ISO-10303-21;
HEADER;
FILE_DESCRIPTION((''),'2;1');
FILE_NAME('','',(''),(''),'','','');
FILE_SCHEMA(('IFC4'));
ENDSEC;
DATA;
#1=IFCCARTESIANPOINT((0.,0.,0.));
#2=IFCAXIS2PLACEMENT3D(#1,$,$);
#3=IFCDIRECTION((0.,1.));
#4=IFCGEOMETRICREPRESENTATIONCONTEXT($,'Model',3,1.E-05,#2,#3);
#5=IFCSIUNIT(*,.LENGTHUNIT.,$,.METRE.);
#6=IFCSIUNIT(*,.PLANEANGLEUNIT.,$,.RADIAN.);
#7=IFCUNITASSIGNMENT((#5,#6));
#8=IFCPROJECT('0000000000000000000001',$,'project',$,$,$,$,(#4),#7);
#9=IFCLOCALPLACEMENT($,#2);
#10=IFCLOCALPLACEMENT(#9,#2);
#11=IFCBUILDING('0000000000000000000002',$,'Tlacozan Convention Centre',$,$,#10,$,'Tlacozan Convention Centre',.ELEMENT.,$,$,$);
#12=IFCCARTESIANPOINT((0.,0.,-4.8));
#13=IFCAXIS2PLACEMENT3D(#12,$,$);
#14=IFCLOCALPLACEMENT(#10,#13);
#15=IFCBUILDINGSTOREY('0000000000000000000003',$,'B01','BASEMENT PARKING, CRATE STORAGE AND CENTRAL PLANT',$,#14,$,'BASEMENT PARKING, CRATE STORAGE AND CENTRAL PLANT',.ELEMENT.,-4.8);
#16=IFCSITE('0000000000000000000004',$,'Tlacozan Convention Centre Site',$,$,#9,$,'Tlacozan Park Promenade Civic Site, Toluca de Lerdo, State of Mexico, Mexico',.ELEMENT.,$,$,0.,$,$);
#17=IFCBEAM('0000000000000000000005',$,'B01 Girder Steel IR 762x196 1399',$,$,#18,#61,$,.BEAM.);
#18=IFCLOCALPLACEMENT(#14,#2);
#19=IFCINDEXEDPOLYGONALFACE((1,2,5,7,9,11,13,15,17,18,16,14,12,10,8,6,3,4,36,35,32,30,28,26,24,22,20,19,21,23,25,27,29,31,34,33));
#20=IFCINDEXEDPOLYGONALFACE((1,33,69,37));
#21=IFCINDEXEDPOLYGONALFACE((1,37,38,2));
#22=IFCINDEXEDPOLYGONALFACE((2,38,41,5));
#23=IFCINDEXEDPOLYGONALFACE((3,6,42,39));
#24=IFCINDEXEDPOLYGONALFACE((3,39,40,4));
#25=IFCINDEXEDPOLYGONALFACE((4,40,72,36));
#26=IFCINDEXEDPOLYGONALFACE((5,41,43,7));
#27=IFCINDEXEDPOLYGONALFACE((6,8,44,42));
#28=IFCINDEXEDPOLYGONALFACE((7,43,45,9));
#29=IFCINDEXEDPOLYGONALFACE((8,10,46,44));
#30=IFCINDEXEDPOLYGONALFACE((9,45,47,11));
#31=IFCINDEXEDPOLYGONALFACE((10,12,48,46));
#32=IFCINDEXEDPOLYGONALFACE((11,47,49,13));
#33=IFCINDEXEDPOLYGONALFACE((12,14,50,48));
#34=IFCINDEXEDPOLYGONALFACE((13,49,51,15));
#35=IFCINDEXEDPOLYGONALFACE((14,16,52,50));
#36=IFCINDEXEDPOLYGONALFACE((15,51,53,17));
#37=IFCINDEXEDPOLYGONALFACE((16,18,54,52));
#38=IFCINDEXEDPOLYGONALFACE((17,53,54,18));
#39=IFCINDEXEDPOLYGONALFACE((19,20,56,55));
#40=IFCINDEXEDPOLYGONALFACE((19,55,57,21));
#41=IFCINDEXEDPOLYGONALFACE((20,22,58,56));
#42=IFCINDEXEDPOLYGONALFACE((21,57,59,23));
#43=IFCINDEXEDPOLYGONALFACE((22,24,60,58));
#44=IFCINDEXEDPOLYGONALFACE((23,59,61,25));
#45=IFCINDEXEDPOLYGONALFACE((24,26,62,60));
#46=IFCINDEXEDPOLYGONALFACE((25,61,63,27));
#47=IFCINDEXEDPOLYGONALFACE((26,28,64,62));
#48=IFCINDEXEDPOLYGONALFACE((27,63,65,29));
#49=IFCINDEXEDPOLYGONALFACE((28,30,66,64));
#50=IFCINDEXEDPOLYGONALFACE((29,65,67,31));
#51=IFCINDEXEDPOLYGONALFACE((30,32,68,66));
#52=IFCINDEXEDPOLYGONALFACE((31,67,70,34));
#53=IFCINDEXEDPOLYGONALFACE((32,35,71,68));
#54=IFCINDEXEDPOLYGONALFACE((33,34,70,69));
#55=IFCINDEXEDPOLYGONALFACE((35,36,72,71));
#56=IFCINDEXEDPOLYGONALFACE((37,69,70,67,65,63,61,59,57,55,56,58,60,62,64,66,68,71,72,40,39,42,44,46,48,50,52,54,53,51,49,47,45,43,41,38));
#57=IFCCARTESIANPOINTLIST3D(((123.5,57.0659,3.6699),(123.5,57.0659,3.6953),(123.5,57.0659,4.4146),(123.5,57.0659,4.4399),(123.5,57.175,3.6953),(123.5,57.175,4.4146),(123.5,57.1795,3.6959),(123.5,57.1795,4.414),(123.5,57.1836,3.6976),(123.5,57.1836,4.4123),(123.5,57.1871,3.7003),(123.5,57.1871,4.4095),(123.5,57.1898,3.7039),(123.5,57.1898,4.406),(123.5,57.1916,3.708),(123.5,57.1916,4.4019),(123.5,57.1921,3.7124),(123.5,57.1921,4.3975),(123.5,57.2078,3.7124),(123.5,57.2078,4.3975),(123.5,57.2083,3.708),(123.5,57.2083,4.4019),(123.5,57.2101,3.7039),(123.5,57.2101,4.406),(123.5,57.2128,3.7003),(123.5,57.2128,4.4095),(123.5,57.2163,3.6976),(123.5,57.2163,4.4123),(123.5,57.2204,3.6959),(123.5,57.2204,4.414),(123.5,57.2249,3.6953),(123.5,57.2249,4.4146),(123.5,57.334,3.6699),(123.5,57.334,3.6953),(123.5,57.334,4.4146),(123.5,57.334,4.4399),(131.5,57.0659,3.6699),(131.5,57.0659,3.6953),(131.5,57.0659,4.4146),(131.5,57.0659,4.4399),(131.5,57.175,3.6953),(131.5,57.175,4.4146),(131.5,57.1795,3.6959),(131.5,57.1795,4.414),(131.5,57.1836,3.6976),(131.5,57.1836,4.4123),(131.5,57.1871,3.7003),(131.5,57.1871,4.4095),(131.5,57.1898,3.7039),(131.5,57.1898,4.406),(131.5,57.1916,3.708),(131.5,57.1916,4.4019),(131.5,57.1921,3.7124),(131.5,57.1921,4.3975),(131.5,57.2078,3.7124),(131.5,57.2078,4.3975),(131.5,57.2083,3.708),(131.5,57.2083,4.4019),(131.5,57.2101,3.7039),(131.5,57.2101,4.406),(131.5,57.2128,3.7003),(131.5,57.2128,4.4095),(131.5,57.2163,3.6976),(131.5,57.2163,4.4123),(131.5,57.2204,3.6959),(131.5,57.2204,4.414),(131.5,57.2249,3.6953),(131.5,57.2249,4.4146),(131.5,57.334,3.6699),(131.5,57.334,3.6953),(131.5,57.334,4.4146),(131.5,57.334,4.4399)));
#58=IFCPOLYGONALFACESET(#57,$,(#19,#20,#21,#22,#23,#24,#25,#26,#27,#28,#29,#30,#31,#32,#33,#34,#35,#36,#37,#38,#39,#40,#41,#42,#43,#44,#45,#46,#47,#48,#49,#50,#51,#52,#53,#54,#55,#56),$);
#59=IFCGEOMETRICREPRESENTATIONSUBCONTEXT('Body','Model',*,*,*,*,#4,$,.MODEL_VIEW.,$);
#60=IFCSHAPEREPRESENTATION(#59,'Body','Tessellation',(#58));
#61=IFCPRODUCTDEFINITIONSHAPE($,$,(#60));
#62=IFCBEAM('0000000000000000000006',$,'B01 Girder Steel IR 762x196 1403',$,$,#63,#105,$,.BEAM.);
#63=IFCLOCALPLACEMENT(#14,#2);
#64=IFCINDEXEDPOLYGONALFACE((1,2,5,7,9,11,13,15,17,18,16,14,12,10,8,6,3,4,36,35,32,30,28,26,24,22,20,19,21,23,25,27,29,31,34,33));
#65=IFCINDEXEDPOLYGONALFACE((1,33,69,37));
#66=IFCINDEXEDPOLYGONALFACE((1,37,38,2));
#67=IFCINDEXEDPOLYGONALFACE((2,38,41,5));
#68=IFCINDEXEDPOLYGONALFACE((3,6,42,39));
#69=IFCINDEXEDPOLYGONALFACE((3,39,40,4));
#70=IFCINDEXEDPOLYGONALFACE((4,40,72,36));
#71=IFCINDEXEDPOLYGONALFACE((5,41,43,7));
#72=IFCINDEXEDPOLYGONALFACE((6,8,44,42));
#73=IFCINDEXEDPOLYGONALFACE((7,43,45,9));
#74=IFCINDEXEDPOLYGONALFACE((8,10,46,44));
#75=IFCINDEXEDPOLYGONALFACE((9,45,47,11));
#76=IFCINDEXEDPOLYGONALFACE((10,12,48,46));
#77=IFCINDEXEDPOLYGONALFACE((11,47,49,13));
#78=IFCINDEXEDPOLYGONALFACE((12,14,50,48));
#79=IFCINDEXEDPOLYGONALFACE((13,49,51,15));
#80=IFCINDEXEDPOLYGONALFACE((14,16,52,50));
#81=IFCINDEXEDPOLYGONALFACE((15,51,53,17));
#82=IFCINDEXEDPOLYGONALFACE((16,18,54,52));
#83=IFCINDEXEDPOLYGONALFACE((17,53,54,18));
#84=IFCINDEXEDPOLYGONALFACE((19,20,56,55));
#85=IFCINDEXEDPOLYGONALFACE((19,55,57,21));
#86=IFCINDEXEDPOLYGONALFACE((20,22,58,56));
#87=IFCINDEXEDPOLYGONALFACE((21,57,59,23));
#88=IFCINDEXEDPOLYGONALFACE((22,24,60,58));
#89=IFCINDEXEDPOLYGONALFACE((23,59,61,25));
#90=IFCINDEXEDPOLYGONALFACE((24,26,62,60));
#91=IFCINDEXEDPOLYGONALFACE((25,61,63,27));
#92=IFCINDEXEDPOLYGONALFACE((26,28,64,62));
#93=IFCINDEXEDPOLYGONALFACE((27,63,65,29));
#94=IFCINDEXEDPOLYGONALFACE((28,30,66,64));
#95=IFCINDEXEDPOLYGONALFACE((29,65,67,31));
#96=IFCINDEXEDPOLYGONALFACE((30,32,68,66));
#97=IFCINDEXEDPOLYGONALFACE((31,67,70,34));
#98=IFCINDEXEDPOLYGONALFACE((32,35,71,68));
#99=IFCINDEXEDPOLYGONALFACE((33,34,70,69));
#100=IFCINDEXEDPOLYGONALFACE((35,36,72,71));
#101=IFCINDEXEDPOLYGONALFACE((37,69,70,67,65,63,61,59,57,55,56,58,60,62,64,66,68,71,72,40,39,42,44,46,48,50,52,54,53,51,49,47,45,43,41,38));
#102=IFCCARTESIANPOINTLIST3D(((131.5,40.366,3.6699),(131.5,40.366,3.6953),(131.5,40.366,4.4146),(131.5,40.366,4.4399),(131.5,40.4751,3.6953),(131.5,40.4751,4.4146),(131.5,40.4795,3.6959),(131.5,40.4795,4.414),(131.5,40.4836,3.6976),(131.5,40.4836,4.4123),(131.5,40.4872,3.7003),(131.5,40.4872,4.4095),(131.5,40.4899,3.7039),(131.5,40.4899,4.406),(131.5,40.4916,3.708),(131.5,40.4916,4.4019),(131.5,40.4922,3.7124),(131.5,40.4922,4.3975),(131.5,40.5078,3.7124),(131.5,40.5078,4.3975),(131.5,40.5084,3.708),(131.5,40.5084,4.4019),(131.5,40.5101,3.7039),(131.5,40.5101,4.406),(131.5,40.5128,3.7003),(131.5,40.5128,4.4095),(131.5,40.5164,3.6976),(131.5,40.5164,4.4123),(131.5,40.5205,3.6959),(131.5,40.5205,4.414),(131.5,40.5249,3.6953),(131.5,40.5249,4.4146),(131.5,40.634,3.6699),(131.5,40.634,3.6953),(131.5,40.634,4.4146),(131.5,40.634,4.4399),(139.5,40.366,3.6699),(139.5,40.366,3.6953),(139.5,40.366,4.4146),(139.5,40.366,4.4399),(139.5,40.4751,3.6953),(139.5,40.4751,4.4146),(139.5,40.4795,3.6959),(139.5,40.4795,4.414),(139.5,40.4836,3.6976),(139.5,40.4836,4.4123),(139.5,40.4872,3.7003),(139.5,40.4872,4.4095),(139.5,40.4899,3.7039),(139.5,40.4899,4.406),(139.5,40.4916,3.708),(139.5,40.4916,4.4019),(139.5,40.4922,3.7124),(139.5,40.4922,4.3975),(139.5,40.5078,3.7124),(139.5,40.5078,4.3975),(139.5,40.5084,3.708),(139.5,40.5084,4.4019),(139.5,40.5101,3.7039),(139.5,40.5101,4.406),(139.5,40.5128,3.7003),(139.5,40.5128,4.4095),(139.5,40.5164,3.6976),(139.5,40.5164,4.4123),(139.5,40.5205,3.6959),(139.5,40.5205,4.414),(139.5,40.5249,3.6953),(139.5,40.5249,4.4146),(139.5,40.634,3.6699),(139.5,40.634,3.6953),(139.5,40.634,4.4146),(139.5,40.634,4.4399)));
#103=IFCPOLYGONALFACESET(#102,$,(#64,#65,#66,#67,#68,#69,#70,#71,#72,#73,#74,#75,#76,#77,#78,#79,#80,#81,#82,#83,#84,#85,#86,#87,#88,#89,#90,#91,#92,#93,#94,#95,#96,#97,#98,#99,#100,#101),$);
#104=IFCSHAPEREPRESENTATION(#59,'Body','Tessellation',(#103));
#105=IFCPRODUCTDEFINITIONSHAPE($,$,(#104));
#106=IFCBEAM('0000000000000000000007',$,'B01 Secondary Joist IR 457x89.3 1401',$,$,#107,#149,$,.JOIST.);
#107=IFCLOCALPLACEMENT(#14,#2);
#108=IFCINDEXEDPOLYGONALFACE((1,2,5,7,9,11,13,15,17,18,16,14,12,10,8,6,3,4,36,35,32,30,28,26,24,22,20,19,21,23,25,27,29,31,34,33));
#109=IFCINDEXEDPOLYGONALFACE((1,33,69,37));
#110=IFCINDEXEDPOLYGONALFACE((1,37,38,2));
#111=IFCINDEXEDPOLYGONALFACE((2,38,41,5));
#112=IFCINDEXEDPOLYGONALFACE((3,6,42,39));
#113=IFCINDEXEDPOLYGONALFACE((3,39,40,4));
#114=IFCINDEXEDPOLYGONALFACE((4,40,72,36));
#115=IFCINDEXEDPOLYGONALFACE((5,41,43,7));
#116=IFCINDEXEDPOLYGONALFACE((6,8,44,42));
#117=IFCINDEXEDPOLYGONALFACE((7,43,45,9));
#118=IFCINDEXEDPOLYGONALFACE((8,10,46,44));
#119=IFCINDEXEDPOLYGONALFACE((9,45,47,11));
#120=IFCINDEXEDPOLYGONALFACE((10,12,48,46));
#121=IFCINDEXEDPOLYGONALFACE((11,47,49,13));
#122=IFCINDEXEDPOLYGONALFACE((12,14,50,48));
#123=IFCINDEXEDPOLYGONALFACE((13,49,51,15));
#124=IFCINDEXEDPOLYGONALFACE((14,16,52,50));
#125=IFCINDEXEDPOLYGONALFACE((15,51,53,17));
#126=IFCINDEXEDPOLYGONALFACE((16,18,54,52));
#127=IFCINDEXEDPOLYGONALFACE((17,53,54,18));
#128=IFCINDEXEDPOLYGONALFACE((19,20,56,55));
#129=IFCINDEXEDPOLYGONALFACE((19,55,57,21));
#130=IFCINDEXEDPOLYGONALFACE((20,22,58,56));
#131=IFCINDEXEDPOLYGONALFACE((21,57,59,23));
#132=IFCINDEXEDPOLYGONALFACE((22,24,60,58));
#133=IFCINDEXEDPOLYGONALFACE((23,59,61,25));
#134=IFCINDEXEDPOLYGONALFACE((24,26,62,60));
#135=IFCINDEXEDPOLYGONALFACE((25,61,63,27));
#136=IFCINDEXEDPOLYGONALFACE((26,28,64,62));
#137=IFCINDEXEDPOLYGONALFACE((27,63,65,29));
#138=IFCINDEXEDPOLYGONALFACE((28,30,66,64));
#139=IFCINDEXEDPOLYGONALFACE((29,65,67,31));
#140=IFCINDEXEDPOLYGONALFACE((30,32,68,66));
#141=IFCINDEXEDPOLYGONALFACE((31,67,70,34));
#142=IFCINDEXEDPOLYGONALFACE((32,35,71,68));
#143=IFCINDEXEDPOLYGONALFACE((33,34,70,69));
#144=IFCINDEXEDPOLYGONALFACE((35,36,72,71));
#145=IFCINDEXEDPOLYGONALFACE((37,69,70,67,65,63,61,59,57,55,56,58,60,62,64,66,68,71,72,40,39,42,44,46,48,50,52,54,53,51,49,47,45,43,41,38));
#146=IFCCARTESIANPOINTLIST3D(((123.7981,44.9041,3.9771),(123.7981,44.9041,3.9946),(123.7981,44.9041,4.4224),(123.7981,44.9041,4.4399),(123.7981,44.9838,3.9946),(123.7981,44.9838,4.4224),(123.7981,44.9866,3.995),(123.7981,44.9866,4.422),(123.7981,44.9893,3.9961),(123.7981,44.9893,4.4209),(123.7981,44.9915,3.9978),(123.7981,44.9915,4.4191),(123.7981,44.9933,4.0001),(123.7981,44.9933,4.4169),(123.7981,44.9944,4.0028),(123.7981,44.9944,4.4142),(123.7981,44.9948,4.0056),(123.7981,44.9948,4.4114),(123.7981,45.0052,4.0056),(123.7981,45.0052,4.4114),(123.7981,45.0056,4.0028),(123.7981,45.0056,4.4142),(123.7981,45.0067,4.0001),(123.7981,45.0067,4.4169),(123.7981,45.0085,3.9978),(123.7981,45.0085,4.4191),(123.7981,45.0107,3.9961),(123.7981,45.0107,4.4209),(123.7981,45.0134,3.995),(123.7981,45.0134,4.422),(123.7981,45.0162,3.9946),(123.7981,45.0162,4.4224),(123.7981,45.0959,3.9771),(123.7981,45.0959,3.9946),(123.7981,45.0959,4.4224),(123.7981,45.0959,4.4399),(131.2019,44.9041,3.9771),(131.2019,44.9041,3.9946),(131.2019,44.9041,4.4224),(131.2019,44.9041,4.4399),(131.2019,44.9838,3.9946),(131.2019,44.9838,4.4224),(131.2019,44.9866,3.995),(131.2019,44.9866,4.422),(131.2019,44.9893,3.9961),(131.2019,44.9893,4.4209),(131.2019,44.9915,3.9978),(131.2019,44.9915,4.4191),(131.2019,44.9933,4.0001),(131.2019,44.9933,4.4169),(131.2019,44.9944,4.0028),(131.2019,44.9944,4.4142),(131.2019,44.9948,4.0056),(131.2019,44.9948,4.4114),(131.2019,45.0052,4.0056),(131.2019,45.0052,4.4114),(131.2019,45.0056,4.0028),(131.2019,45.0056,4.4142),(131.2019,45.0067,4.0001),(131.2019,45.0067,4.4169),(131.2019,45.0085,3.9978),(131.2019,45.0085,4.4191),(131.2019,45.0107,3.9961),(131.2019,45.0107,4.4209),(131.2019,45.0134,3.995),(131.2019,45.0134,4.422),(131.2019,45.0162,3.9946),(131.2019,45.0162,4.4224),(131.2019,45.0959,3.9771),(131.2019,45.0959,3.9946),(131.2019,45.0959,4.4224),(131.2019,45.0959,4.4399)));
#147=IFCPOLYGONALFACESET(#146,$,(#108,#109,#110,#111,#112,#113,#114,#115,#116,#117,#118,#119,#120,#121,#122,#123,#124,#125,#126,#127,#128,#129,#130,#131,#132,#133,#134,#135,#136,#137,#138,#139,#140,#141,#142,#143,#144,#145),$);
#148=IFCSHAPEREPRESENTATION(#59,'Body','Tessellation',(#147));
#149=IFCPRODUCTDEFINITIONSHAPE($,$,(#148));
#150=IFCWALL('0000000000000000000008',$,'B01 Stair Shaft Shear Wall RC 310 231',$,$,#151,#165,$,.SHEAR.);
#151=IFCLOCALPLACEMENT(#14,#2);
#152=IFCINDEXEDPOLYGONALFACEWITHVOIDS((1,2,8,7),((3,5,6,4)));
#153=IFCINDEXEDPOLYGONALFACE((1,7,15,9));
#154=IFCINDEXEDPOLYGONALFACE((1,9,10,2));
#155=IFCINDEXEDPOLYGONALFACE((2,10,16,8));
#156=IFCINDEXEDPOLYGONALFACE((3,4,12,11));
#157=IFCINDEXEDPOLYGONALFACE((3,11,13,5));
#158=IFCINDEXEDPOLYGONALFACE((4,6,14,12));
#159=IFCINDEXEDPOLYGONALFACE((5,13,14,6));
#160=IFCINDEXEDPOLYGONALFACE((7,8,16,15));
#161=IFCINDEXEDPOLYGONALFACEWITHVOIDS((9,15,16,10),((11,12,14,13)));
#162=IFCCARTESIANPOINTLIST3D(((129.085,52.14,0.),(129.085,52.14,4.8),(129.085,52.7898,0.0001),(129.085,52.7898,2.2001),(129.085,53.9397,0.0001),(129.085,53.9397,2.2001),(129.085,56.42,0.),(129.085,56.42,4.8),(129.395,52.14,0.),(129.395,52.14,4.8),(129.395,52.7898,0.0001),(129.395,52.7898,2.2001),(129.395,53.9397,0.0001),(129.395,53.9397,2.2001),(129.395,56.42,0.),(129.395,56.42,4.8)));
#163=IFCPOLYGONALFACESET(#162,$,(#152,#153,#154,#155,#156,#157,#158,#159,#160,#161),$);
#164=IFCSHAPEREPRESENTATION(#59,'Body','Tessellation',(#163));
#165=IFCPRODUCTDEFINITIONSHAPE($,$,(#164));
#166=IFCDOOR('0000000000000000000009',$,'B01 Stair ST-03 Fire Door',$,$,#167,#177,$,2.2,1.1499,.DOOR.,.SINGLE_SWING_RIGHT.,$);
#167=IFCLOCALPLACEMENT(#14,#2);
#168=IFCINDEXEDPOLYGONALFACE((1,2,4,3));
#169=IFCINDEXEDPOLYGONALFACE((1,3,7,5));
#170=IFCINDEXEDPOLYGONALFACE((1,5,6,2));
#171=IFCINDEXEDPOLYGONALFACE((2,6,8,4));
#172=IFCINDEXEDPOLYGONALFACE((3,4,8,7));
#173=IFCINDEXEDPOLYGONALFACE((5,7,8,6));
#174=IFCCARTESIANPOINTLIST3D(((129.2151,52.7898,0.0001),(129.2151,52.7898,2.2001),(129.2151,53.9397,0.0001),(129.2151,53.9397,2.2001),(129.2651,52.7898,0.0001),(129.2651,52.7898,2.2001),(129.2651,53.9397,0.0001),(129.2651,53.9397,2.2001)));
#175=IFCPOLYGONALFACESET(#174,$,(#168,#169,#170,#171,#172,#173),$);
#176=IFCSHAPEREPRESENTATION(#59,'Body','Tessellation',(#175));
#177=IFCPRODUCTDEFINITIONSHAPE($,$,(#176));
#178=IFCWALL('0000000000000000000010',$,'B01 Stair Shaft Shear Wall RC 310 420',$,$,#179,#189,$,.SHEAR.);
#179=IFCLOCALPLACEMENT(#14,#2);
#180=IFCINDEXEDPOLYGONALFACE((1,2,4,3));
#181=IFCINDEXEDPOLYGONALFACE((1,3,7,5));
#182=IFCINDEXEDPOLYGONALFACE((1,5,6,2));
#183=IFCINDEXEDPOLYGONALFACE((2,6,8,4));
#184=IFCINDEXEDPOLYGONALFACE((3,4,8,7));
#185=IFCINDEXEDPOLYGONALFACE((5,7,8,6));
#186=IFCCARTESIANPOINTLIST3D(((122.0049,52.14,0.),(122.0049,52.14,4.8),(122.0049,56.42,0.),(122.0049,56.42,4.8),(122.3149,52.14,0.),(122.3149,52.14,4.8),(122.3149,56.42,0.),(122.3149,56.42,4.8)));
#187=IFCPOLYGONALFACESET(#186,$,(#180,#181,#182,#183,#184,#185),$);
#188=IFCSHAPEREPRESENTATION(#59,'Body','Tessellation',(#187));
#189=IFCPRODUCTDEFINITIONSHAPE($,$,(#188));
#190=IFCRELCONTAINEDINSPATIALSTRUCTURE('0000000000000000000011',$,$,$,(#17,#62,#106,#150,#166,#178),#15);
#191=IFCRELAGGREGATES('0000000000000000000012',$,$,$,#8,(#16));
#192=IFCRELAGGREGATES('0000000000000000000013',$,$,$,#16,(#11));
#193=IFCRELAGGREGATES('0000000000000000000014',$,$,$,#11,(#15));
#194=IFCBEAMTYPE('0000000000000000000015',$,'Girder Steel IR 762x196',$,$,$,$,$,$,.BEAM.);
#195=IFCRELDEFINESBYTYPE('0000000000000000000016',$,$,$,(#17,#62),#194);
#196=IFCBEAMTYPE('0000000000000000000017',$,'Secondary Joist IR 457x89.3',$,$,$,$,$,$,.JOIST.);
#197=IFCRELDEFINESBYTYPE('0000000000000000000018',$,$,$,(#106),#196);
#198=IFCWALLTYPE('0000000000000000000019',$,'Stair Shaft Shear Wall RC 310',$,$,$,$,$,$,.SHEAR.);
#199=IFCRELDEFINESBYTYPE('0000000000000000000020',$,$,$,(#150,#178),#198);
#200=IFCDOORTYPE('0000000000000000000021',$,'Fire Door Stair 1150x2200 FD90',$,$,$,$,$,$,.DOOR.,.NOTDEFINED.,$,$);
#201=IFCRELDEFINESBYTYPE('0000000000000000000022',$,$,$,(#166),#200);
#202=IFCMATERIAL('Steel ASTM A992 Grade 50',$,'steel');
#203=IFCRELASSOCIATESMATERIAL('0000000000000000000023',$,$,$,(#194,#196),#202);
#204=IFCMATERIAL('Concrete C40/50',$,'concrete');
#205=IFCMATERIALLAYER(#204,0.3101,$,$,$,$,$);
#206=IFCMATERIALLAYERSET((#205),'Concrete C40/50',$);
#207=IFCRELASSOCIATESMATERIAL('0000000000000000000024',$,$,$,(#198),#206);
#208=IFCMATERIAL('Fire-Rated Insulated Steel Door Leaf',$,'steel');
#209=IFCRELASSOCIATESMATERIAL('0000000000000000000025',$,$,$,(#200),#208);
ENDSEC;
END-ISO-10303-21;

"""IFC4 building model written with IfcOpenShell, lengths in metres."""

from ifc_helpers import new_model, si_unit, direction, frame, frame_2d, origin, origin_2d, place, context, subcontext, project, spatial, rectangle, i_section, extrude, material, layer, layer_set, material_profile, profile_set, type_object, element, fill, save


model = new_model("IFC4")

# Units and contexts
model_context = context("Model", 3, precision=1e-05, world=origin(), true_north=direction((0.0, 1.0)))
body_context = subcontext(model_context, "Body", "Model", "MODEL_VIEW")
ifc_project = project(units=[si_unit("LENGTHUNIT", "METRE"), si_unit("PLANEANGLEUNIT", "RADIAN")], contexts=[model_context])

# Site, building, storey
site_placement = place(None, origin())
site = spatial("IfcSite", under=ifc_project, at=site_placement, Name="Tlacozan Convention Centre Site", LongName="Tlacozan Park Promenade Civic Site, Toluca de Lerdo, State of Mexico, Mexico", CompositionType="ELEMENT", RefElevation=0.0)
building_placement = place(site_placement, origin())
building = spatial("IfcBuilding", under=site, at=building_placement, Name="Tlacozan Convention Centre", LongName="Tlacozan Convention Centre", CompositionType="ELEMENT")
storey_placement = place(building_placement, frame((0.0, 0.0, -4.8)))
storey = spatial("IfcBuildingStorey", under=building, at=storey_placement, Name="B01", Description="BASEMENT PARKING, CRATE STORAGE AND CENTRAL PLANT", LongName="BASEMENT PARKING, CRATE STORAGE AND CENTRAL PLANT", CompositionType="ELEMENT", Elevation=-4.8)

# Shared definitions
ifc_material_1 = material(Name="Concrete C40/50", Category="concrete")

# Beams
ifc_material_2 = material(Name="Steel ASTM A992 Grade 50", Category="steel")
ifc_material_profile_1 = material_profile(ifc_material_2, i_section(OverallWidth=0.2681, OverallDepth=0.77, WebThickness=0.0156, FlangeThickness=0.0254, FilletRadius=0.0171, at=origin_2d()), Name="IR 762x196.0")
ifc_profile_set_1 = profile_set([ifc_material_profile_1], Name="Steel ASTM A992 Grade 50")
beam_type_1 = type_object("IfcBeamType", Name="Girder Steel IR 762x196", PredefinedType="BEAM", material=ifc_profile_set_1)
for number, where, z_axis, x_axis, name in (
    (1, (123.5, 57.2, 4.0549), (1.0, 0.0, 0.0), (0.0, 1.0, 0.0), "B01 Girder Steel IR 762x196 1399"),
    (2, (131.5, 40.5, 4.0549), (1.0, 0.0, 0.0), (0.0, 1.0, 0.0), "B01 Girder Steel IR 762x196 1403"),
):
    element("IfcBeam", number, at=place(storey_placement, frame(where, z_axis=z_axis, x_axis=x_axis)), inside=storey, type_object=beam_type_1, Name=name, PredefinedType="BEAM", context=body_context, shape_type="SweptSolid", body=[
        extrude(i_section(OverallWidth=0.2681, OverallDepth=0.77, WebThickness=0.0156, FlangeThickness=0.0254, FilletRadius=0.0171, at=origin_2d()), origin(), (0.0, 0.0, 1.0), 8.0),
    ])
ifc_material_profile_2 = material_profile(ifc_material_2, i_section(OverallWidth=0.1919, OverallDepth=0.4629, WebThickness=0.0105, FlangeThickness=0.0176, FilletRadius=0.011, at=origin_2d()), Name="IR 457x89.3")
ifc_profile_set_2 = profile_set([ifc_material_profile_2], Name="Steel ASTM A992 Grade 50")
beam_type_2 = type_object("IfcBeamType", Name="Secondary Joist IR 457x89.3", PredefinedType="JOIST", material=ifc_profile_set_2)
beam_1_placement = place(storey_placement, frame((123.7981, 45.0, 4.2085), z_axis=(1.0, 0.0, 0.0), x_axis=(0.0, 1.0, 0.0)))
element("IfcBeam", 3, at=beam_1_placement, inside=storey, type_object=beam_type_2, Name="B01 Secondary Joist IR 457x89.3 1401", PredefinedType="JOIST", context=body_context, shape_type="SweptSolid", body=[
    extrude(i_section(OverallWidth=0.1919, OverallDepth=0.4629, WebThickness=0.0105, FlangeThickness=0.0176, FilletRadius=0.011, at=origin_2d()), origin(), (0.0, 0.0, 1.0), 7.4038),
])

# Shared definitions
ifc_layer_1 = layer(ifc_material_1, 0.3101)
ifc_layer_set_1 = layer_set([ifc_layer_1], Name="Concrete C40/50")
wall_type = type_object("IfcWallType", Name="Stair Shaft Shear Wall RC 310", PredefinedType="SHEAR", material=ifc_layer_set_1)

# Wall, opening, door
wall_1_placement = place(storey_placement, frame((129.24, 52.1399, 0.0), z_axis=(0.0, 0.0, 1.0), x_axis=(0.0, 1.0, 0.0)))
wall_1 = element("IfcWall", 4, at=wall_1_placement, inside=storey, type_object=wall_type, Name="B01 Stair Shaft Shear Wall RC 310 231", PredefinedType="SHEAR", context=body_context, shape_type="SweptSolid", body=[
    extrude(rectangle(XDim=4.28, YDim=0.3101, at=frame_2d((2.1401, 0.0))), origin(), (0.0, 0.0, 1.0), 4.8),
])
opening_placement = place(wall_1_placement, frame((0.6499, 0.0, 0.0)))
opening = element("IfcOpeningElement", 5, at=opening_placement, cuts=wall_1, PredefinedType="OPENING", context=body_context, shape_type="SweptSolid", body=[
    extrude(rectangle(XDim=1.1499, YDim=2.2, at=frame_2d((0.575, 1.1001))), frame((0.0, 0.165, 0.0), z_axis=(0.0, -1.0, 0.0), x_axis=(1.0, 0.0, 0.0)), (0.0, 0.0, 1.0), 0.3301),
])
ifc_material_3 = material(Name="Fire-Rated Insulated Steel Door Leaf", Category="steel")
door_type = type_object("IfcDoorType", Name="Fire Door Stair 1150x2200 FD90", OperationType="NOTDEFINED", PredefinedType="DOOR", material=ifc_material_3)
door_placement = place(opening_placement, origin())
door = element("IfcDoor", 6, at=door_placement, inside=storey, type_object=door_type, Name="B01 Stair ST-03 Fire Door", OperationType="SINGLE_SWING_RIGHT", OverallHeight=2.2, OverallWidth=1.1499, PredefinedType="DOOR", context=body_context, shape_type="SweptSolid", body=[
    extrude(rectangle(XDim=1.1499, YDim=2.2, at=frame_2d((0.575, 1.1001))), frame((0.0, 0.0249, 0.0), z_axis=(0.0, -1.0, 0.0), x_axis=(1.0, 0.0, 0.0)), (0.0, 0.0, 1.0), 0.05),
])
fill(opening, door)

# Wall
wall_2_placement = place(storey_placement, frame((122.1599, 52.1399, 0.0), z_axis=(0.0, 0.0, 1.0), x_axis=(0.0, 1.0, 0.0)))
element("IfcWall", 7, at=wall_2_placement, inside=storey, type_object=wall_type, Name="B01 Stair Shaft Shear Wall RC 310 420", PredefinedType="SHEAR", context=body_context, shape_type="SweptSolid", body=[
    extrude(rectangle(XDim=4.28, YDim=0.3101, at=frame_2d((2.1401, 0.0))), origin(), (0.0, 0.0, 1.0), 4.8),
])

save(model, "model.ifc")
